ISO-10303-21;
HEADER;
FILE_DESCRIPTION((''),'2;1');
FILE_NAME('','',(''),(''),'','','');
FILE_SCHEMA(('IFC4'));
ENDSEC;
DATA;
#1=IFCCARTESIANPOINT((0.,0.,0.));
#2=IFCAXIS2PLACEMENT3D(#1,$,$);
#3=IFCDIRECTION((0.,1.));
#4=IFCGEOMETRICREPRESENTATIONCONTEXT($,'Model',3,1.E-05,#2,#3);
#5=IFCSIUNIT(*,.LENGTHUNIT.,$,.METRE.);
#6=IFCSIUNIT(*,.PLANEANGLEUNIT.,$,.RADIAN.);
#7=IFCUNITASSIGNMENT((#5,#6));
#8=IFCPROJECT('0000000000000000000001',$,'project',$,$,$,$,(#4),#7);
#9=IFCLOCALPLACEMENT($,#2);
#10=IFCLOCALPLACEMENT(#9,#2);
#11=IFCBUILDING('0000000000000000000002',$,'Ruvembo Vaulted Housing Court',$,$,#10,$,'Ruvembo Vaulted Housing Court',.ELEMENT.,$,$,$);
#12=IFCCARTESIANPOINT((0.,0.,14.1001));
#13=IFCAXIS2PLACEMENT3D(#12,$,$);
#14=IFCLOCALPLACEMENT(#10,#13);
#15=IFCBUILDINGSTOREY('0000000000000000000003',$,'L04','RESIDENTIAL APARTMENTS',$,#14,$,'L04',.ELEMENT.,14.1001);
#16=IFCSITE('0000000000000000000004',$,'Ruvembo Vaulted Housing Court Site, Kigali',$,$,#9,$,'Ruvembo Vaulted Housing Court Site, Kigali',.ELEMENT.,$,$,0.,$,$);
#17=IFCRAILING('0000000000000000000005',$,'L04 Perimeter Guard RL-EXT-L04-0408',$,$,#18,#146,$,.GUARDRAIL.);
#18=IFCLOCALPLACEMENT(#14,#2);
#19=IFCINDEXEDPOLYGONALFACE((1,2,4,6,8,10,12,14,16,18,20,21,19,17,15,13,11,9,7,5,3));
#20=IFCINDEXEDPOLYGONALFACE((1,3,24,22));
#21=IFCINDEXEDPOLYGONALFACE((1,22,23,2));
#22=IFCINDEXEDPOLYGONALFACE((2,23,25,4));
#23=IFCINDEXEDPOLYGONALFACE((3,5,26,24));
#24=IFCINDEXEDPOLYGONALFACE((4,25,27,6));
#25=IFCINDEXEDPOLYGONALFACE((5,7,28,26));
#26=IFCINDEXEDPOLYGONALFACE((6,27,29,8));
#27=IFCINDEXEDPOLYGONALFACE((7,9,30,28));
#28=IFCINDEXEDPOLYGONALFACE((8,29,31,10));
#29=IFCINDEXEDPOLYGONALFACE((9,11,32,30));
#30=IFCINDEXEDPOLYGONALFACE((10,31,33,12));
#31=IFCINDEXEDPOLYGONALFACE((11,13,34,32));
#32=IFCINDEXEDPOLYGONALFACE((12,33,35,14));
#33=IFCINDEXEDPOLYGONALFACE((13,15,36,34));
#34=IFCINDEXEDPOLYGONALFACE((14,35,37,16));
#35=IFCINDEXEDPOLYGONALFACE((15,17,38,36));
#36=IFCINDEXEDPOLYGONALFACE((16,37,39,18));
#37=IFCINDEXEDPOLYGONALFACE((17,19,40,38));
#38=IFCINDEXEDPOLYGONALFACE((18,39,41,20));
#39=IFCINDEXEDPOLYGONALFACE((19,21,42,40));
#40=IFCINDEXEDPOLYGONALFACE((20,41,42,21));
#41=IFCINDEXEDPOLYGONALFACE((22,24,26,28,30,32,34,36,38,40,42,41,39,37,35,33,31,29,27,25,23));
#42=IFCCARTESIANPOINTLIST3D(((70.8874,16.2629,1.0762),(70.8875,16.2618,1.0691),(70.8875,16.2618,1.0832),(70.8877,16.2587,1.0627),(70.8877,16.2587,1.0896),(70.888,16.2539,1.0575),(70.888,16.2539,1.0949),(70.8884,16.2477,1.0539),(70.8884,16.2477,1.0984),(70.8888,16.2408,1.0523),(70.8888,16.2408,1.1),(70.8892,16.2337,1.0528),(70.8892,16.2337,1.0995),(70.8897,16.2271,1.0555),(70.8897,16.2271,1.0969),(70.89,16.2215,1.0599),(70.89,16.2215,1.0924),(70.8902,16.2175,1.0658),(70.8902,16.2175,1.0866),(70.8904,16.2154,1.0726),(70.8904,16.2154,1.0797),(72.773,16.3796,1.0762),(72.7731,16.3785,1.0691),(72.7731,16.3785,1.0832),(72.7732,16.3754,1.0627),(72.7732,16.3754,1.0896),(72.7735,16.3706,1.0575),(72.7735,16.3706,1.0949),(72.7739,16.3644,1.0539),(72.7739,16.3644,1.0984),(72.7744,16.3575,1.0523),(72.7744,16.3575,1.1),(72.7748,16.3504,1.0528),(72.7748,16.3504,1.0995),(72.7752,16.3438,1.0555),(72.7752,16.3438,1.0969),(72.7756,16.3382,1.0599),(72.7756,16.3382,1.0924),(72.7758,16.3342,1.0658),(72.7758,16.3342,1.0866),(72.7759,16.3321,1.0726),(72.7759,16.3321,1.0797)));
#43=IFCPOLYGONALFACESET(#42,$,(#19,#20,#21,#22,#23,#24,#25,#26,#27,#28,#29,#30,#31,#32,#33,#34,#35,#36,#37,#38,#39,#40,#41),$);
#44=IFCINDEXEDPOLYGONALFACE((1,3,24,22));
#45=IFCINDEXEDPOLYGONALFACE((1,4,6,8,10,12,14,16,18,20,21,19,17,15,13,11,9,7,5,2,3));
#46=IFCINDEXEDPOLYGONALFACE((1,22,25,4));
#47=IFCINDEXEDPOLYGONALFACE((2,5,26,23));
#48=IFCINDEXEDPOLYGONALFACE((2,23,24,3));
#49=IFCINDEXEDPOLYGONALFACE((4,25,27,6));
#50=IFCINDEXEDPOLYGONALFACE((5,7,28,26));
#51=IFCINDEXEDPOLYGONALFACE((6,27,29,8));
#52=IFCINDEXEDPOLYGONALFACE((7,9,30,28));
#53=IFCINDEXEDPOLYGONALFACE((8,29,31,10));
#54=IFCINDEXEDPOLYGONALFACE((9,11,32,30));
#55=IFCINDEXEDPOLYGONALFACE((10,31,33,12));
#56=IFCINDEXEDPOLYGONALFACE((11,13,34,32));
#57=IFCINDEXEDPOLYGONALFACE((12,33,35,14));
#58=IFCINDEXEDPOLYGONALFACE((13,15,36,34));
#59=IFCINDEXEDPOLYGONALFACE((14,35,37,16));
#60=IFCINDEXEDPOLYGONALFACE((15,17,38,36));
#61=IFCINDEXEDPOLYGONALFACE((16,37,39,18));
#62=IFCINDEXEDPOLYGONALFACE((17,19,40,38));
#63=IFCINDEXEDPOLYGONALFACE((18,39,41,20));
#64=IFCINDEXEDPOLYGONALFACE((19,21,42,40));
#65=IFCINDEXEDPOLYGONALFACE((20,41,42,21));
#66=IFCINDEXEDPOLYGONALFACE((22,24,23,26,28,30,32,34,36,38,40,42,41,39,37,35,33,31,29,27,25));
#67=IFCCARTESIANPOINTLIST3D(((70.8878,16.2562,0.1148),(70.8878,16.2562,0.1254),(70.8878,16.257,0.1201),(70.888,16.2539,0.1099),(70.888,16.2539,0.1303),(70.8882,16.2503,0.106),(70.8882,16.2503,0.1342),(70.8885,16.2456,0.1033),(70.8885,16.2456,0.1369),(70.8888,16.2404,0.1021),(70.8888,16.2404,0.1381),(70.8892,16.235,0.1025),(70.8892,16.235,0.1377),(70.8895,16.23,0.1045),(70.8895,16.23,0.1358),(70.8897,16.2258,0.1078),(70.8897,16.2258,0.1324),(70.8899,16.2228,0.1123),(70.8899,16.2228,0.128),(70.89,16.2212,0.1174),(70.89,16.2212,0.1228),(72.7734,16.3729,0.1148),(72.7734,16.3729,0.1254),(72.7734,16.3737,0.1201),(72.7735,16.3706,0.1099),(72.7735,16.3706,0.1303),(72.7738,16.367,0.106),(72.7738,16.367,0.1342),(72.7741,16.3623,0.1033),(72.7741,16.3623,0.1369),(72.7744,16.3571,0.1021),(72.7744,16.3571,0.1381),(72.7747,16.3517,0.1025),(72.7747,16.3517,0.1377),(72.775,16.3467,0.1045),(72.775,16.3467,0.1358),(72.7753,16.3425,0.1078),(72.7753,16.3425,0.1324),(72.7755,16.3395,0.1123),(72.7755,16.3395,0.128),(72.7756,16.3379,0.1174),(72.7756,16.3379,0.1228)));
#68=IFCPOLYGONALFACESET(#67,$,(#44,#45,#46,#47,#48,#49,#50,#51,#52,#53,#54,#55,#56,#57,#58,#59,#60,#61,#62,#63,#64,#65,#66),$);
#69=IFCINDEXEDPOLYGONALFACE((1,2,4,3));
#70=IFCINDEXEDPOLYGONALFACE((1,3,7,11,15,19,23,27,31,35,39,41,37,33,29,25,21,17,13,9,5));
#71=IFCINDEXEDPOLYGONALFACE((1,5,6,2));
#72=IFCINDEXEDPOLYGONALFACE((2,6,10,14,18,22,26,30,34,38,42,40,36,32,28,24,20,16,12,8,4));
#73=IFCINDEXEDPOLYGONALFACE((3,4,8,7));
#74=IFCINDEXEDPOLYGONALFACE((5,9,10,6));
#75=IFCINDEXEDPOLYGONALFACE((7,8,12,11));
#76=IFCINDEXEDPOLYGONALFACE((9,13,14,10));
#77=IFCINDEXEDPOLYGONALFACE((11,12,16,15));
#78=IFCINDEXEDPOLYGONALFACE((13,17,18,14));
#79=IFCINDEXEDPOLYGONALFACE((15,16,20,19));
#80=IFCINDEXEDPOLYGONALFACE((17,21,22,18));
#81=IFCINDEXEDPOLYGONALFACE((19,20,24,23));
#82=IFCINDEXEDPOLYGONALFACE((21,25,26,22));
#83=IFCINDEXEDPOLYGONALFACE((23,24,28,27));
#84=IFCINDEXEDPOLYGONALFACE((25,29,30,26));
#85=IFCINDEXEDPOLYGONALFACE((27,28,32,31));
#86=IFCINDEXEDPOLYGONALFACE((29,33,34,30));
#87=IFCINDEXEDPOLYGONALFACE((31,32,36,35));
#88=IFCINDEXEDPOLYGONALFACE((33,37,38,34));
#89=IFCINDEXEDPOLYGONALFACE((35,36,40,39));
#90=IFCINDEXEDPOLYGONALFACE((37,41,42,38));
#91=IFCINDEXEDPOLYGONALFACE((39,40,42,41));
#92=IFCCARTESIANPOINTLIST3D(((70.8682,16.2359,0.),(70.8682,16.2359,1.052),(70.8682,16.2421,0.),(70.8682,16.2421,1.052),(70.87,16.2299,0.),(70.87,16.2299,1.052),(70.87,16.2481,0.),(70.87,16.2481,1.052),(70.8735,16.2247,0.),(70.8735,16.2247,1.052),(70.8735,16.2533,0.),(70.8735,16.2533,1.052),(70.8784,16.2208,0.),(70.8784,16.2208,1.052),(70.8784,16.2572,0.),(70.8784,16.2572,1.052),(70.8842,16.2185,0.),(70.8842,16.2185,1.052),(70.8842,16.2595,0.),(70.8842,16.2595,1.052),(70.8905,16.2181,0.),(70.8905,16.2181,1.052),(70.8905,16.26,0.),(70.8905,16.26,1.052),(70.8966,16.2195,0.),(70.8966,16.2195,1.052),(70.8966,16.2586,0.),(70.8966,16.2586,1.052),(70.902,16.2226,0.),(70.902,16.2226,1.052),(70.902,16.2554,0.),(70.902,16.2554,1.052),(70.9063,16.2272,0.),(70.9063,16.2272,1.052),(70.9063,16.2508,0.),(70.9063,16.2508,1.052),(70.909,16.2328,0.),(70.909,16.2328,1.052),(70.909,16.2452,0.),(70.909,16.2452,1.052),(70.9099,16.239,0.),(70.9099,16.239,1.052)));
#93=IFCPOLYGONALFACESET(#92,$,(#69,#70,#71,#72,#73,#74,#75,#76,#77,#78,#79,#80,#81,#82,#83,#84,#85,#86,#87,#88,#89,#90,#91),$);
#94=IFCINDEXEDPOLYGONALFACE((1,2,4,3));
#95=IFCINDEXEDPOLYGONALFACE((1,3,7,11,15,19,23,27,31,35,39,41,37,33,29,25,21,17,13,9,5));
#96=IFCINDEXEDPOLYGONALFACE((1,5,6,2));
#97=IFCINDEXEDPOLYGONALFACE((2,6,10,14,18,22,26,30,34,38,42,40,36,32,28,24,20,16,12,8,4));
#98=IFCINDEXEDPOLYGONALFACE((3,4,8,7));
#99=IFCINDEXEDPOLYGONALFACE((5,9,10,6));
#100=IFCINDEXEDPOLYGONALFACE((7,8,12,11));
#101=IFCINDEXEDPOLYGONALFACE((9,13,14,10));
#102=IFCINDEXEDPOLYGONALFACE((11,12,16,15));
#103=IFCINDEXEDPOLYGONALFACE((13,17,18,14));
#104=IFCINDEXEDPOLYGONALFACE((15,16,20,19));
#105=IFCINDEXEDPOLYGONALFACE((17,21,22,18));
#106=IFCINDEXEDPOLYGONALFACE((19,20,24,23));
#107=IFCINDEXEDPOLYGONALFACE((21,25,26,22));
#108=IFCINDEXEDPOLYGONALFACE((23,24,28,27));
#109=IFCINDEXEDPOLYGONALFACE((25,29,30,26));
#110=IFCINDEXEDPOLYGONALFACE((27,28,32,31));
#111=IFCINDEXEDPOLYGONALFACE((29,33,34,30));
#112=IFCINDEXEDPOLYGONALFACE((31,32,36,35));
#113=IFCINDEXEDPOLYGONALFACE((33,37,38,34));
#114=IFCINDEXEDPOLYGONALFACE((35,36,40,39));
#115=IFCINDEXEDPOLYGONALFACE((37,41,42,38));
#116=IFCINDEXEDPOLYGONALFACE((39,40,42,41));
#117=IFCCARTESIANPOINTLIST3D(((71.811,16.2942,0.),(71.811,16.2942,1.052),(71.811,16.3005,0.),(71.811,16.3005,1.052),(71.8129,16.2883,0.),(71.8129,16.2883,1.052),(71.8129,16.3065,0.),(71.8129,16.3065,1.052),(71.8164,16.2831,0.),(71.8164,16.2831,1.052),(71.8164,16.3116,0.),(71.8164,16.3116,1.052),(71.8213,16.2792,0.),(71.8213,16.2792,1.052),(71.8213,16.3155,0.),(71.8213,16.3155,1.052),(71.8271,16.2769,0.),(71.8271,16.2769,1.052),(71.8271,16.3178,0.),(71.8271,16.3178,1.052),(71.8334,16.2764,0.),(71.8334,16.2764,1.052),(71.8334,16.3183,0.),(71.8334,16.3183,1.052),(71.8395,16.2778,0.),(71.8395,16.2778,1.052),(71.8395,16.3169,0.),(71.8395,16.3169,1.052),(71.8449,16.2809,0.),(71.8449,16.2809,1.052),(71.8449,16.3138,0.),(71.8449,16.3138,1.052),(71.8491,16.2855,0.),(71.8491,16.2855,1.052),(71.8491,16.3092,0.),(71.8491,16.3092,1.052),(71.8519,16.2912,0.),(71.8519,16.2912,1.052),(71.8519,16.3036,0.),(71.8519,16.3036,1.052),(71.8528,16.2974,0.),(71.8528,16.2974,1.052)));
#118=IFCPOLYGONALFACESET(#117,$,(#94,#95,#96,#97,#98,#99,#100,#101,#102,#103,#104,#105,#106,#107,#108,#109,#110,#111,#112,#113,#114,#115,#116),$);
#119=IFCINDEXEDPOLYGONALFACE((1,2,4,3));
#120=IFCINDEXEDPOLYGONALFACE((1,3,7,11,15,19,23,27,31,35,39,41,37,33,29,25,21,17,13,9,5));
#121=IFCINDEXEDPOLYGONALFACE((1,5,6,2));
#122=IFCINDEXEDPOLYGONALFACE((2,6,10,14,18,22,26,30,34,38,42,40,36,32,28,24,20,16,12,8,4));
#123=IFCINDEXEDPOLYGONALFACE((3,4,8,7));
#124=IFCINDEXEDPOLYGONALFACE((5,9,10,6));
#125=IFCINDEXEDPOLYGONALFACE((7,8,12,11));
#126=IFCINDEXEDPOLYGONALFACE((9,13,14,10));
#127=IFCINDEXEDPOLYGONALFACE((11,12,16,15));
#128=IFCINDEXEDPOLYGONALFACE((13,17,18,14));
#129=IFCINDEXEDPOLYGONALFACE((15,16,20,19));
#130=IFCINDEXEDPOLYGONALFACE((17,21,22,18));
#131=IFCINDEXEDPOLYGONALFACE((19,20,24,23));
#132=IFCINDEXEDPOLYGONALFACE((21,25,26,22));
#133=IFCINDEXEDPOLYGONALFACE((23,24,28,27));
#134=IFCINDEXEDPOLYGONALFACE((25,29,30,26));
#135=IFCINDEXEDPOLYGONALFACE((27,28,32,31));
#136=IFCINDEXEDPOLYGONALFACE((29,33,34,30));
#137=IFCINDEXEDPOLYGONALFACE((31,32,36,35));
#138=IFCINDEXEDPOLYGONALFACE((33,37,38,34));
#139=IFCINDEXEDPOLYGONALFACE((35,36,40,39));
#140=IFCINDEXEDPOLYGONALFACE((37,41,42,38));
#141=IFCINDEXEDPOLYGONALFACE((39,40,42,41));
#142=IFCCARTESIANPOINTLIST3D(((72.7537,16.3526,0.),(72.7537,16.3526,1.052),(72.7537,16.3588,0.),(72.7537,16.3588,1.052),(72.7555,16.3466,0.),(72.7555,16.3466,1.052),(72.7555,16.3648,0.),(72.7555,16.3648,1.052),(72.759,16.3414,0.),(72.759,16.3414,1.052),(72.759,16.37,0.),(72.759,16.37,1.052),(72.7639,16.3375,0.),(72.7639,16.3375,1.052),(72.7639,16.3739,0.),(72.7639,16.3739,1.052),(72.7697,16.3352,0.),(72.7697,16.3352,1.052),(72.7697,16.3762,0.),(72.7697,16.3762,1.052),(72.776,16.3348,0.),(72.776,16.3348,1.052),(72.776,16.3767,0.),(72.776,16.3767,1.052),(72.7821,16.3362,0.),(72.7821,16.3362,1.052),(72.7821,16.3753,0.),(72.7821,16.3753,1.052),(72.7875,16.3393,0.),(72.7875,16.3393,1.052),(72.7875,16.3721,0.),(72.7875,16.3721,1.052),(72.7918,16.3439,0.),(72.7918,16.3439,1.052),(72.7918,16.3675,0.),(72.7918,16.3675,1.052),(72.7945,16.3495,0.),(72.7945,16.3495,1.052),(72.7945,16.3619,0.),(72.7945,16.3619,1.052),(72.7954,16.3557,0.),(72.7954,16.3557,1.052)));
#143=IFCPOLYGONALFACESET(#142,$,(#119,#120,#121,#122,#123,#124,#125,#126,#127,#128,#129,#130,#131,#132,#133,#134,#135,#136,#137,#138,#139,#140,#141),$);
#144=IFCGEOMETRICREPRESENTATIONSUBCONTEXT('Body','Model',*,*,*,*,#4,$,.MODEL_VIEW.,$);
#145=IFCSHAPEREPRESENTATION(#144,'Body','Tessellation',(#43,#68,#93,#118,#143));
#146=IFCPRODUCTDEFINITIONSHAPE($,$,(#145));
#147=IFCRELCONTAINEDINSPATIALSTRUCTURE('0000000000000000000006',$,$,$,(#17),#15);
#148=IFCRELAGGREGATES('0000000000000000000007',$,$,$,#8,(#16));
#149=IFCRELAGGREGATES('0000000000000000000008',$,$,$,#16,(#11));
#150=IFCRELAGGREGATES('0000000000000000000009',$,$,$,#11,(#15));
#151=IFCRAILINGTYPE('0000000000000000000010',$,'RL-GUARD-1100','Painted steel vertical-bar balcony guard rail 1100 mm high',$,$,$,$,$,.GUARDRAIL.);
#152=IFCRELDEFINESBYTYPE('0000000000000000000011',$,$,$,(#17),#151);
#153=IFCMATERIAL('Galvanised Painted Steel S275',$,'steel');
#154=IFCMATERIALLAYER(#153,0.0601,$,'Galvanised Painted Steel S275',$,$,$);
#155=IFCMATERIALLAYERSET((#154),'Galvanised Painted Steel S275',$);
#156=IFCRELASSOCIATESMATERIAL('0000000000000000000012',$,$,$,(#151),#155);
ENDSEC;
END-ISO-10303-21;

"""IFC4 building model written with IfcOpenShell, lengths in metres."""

from ifc_helpers import new_model, si_unit, direction, frame, origin, origin_2d, place, context, subcontext, project, spatial, circle, extrude, material, layer, layer_set, type_object, element, save


model = new_model("IFC4")

# Units and contexts
model_context = context("Model", 3, precision=1e-05, world=origin(), true_north=direction((0.0, 1.0)))
body_context = subcontext(model_context, "Body", "Model", "MODEL_VIEW")
ifc_project = project(units=[si_unit("LENGTHUNIT", "METRE"), si_unit("PLANEANGLEUNIT", "RADIAN")], contexts=[model_context])

# Site, building, storey
site_placement = place(None, origin())
site = spatial("IfcSite", under=ifc_project, at=site_placement, Name="Ruvembo Vaulted Housing Court Site, Kigali", LongName="Ruvembo Vaulted Housing Court Site, Kigali", CompositionType="ELEMENT", RefElevation=0.0)
building_placement = place(site_placement, origin())
building = spatial("IfcBuilding", under=site, at=building_placement, Name="Ruvembo Vaulted Housing Court", LongName="Ruvembo Vaulted Housing Court", CompositionType="ELEMENT")
storey_placement = place(building_placement, frame((0.0, 0.0, 14.1001)))
storey = spatial("IfcBuildingStorey", under=building, at=storey_placement, Name="L04", Description="RESIDENTIAL APARTMENTS", LongName="L04", CompositionType="ELEMENT", Elevation=14.1001)

# Railing
ifc_material_1 = material(Name="Galvanised Painted Steel S275", Category="steel")
ifc_layer = layer(ifc_material_1, 0.0601, Name="Galvanised Painted Steel S275")
ifc_layer_set = layer_set([ifc_layer], Name="Galvanised Painted Steel S275")
railing_type = type_object("IfcRailingType", Name="RL-GUARD-1100", Description="Painted steel vertical-bar balcony guard rail 1100 mm high", PredefinedType="GUARDRAIL", material=ifc_layer_set)
railing_1_placement = place(storey_placement, frame((70.8889, 16.239, 0.0)))
element("IfcRailing", 1, at=railing_1_placement, inside=storey, type_object=railing_type, Name="L04 Perimeter Guard RL-EXT-L04-0408", PredefinedType="GUARDRAIL", context=body_context, shape_type="SweptSolid", body=[
    extrude(circle(Radius=0.0239, at=origin_2d()), frame((0.0, 0.0, 1.0762), z_axis=(0.99809, 0.061775, 0.0), x_axis=(-0.061775, 0.99809, 0.0)), (0.0, 0.0, 1.0), 1.8892),
    extrude(circle(Radius=0.0181, at=origin_2d()), frame((0.0, 0.0, 0.1201), z_axis=(0.99809, 0.061775, 0.0), x_axis=(-0.061775, 0.99809, 0.0)), (0.0, 0.0, 1.0), 1.8892),
    extrude(circle(Radius=0.021, at=origin_2d()), origin(), (0.0, 0.0, 1.0), 1.052),
    extrude(circle(Radius=0.021, at=origin_2d()), frame((0.9429, 0.0583, 0.0)), (0.0, 0.0, 1.0), 1.052),
    extrude(circle(Radius=0.021, at=origin_2d()), frame((1.8855, 0.1167, 0.0)), (0.0, 0.0, 1.0), 1.052),
])

save(model, "model.ifc")
